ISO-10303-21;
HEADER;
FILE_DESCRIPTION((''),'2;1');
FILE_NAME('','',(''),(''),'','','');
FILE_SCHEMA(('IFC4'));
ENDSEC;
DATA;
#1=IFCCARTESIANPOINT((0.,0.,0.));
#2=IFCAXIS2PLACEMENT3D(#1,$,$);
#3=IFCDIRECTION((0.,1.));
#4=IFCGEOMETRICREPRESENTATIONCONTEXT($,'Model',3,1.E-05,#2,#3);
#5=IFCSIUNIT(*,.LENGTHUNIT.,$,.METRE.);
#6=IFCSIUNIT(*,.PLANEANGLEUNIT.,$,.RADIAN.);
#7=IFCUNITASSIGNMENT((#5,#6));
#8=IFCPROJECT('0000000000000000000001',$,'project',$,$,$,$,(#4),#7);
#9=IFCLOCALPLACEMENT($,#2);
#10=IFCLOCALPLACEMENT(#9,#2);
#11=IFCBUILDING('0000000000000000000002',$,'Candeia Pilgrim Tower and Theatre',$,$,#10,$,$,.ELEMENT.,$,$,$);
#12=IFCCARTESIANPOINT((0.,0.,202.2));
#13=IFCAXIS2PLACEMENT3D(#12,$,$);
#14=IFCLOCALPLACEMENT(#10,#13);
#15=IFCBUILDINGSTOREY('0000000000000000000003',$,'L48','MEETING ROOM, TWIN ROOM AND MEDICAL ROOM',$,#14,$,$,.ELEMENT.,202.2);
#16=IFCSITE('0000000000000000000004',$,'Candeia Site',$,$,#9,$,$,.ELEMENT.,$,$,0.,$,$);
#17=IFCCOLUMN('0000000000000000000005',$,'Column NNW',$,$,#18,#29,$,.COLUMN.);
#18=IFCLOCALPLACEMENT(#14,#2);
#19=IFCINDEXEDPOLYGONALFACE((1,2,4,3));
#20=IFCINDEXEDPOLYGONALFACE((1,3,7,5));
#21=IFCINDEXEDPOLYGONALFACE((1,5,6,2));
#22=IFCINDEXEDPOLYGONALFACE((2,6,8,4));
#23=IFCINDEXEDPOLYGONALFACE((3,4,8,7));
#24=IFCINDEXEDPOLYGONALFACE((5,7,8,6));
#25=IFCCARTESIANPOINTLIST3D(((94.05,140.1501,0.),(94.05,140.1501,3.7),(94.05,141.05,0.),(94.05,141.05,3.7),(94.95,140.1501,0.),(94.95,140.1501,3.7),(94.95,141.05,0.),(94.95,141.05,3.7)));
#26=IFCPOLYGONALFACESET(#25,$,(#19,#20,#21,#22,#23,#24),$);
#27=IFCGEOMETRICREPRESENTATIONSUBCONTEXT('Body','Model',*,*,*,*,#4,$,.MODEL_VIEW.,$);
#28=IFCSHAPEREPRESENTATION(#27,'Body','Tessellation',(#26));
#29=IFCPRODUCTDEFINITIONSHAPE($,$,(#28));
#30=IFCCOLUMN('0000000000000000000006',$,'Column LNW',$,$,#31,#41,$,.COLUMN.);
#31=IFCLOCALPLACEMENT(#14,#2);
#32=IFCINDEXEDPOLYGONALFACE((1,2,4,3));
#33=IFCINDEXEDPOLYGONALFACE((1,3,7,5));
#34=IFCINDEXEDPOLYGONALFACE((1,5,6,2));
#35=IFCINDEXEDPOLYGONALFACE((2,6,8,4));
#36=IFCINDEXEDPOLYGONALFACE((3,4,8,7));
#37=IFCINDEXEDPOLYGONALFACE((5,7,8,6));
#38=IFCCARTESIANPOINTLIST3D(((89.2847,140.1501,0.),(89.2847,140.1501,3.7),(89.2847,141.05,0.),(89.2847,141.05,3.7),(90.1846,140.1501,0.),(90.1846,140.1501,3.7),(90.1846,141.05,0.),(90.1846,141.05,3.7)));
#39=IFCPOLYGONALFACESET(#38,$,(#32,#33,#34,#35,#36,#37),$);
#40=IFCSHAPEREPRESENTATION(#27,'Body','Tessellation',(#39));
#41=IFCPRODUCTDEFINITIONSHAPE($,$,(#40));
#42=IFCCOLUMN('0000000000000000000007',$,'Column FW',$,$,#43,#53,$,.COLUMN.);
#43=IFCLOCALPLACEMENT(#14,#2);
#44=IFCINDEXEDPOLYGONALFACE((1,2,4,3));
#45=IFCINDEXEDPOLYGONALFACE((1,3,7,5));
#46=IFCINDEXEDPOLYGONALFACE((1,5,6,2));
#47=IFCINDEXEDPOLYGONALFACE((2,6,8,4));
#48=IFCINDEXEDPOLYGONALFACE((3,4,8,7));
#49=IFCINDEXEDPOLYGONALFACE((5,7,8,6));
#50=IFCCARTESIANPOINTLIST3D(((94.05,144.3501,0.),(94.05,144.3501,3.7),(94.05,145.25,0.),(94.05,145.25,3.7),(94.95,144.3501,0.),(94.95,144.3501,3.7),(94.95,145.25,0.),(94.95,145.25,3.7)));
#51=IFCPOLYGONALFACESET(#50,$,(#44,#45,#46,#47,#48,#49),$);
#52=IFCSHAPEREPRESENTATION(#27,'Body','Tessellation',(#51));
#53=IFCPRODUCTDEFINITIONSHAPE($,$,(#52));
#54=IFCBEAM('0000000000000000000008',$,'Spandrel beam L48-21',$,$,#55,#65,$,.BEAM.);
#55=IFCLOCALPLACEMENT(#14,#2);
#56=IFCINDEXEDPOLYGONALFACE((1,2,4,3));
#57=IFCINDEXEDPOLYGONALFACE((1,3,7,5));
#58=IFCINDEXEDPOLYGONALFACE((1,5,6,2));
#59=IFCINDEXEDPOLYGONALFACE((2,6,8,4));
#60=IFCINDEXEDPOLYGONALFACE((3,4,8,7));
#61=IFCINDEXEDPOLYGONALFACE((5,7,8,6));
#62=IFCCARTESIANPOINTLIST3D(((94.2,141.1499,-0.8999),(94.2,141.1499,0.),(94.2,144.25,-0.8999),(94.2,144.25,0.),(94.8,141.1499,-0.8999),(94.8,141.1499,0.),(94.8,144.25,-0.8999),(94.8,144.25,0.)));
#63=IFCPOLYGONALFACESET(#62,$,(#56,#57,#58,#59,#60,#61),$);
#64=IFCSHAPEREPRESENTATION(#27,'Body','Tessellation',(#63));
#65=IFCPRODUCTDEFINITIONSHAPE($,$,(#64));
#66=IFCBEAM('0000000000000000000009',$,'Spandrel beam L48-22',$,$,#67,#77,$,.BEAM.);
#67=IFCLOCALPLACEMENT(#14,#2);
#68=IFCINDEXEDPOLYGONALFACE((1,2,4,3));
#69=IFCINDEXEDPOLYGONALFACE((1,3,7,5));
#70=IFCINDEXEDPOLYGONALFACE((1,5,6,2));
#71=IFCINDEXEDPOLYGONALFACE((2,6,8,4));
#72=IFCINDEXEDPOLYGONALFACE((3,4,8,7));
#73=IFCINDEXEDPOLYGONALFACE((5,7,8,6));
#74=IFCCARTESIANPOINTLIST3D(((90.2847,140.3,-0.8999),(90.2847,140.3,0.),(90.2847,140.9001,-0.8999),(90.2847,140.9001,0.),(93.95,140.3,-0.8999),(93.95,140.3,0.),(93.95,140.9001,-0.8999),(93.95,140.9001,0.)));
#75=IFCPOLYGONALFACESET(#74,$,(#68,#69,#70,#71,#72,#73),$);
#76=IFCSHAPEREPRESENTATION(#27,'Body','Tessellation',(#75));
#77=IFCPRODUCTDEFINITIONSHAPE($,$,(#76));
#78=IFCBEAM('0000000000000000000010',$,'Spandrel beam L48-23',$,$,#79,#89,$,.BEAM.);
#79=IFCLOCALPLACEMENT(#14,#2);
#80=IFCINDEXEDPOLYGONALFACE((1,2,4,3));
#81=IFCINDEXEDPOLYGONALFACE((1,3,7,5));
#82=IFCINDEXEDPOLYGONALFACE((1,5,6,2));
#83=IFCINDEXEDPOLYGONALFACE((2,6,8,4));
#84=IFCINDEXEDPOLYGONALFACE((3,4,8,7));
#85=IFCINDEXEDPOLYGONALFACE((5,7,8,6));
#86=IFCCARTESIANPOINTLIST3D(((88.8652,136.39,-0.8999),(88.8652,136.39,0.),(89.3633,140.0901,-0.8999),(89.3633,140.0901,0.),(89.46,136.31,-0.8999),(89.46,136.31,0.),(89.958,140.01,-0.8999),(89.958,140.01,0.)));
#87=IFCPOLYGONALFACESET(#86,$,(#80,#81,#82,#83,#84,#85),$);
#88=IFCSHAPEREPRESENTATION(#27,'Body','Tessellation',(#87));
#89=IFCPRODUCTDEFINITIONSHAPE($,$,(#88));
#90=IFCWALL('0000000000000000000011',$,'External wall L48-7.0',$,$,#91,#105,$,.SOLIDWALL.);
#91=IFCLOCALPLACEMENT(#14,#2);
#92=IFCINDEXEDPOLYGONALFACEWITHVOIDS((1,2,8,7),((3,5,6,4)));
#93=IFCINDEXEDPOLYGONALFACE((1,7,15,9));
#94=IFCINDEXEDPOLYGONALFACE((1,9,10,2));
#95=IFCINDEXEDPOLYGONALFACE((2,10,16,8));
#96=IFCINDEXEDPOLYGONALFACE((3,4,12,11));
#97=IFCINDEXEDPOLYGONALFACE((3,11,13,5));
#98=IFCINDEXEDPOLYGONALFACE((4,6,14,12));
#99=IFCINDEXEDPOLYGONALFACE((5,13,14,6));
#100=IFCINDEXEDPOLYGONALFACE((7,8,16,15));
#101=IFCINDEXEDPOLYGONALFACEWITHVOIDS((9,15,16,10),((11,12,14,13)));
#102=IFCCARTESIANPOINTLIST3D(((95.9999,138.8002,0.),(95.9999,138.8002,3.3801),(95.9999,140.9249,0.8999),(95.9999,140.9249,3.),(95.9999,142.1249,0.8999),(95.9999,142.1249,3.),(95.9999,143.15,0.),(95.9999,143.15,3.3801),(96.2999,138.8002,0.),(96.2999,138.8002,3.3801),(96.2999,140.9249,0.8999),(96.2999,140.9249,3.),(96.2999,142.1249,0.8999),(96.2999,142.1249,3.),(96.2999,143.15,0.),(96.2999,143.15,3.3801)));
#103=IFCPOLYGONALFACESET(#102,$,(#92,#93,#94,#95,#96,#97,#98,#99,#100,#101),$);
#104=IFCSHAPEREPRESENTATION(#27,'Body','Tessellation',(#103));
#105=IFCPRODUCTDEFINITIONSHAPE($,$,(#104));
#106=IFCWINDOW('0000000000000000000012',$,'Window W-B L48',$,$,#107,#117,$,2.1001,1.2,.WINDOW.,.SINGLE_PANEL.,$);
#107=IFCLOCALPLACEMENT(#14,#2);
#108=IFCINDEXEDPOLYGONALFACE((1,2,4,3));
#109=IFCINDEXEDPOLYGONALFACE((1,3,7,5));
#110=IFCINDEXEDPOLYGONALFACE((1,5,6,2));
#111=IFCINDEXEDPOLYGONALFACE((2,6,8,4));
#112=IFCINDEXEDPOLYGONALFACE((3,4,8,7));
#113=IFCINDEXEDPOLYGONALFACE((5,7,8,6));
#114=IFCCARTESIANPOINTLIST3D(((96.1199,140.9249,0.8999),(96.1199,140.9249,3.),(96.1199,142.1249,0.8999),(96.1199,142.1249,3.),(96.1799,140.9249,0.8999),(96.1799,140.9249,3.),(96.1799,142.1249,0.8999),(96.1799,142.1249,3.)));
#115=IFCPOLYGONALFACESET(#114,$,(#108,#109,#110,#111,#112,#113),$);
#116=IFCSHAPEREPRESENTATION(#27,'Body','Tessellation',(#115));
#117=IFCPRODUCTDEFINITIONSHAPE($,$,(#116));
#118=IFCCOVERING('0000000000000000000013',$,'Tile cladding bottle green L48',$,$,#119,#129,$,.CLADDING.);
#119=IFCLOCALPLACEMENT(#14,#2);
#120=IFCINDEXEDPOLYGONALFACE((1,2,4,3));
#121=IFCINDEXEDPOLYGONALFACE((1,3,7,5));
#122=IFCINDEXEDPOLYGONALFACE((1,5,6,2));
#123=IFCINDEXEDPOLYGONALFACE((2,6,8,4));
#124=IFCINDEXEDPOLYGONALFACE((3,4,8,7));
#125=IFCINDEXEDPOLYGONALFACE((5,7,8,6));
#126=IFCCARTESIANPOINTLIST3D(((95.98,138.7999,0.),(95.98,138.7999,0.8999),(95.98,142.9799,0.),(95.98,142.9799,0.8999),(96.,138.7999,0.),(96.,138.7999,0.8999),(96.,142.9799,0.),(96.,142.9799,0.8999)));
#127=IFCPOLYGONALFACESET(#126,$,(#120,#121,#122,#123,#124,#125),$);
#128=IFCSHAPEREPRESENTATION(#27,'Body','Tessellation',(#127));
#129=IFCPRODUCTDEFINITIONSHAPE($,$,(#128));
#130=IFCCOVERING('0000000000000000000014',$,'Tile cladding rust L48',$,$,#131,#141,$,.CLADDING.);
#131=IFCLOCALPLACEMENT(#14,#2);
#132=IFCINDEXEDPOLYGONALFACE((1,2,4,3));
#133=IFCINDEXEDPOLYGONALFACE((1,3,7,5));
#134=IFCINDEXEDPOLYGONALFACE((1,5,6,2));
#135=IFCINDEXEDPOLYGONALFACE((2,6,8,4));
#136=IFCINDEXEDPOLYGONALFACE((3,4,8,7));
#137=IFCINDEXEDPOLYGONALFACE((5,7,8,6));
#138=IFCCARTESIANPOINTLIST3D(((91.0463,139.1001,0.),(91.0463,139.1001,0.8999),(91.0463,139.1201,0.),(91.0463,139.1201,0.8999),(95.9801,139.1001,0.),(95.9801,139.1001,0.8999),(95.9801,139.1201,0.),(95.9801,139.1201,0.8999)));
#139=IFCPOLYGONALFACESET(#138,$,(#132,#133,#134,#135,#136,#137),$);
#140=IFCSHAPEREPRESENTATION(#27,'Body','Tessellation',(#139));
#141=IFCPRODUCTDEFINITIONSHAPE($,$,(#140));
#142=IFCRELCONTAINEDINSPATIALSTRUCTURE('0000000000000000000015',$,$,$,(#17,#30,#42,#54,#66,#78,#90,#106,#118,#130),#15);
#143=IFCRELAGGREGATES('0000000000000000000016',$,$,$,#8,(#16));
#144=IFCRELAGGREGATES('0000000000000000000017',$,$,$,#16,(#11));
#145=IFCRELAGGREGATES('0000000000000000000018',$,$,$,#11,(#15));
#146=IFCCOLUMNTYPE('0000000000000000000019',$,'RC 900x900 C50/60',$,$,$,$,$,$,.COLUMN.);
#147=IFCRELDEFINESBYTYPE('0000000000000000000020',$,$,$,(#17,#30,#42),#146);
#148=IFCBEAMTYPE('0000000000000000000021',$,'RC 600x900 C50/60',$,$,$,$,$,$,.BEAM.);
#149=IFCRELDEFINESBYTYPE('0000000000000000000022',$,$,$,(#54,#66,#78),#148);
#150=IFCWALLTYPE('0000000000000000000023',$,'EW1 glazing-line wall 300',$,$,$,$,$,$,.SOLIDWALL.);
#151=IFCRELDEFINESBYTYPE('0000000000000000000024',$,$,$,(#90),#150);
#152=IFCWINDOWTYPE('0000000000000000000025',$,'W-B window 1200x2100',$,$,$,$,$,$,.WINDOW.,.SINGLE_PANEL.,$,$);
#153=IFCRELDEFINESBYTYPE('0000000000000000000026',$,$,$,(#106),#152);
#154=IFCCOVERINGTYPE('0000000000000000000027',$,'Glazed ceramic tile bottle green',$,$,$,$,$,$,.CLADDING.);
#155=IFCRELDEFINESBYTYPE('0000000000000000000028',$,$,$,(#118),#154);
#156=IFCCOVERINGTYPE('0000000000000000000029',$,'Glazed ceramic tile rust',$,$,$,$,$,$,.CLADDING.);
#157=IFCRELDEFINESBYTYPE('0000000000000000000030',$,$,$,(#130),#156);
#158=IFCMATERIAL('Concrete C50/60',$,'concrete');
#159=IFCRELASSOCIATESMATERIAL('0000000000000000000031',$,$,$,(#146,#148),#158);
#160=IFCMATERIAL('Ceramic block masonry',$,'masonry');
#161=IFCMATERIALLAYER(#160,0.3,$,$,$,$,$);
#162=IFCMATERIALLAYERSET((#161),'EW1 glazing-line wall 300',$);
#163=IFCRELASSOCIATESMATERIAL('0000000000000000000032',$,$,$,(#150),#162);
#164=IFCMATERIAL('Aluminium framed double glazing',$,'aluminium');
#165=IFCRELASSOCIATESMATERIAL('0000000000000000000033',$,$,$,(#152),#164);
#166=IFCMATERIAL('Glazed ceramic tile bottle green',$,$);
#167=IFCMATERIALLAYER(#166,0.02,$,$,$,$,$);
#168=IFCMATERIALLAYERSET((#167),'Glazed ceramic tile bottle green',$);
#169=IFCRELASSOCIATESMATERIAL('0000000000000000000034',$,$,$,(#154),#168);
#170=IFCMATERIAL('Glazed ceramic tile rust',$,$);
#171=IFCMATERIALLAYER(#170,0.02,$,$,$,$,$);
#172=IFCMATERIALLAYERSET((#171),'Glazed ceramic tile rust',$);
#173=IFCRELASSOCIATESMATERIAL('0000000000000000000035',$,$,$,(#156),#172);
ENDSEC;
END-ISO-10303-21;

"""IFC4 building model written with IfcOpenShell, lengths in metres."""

from ifc_helpers import new_model, si_unit, direction, frame, frame_2d, origin, origin_2d, place, context, subcontext, project, spatial, rectangle, extrude, material, layer, layer_set, material_profile, profile_set, type_object, element, fill, save


model = new_model("IFC4")

# Units and contexts
model_context = context("Model", 3, precision=1e-05, world=origin(), true_north=direction((0.0, 1.0)))
body_context = subcontext(model_context, "Body", "Model", "MODEL_VIEW")
ifc_project = project(units=[si_unit("LENGTHUNIT", "METRE"), si_unit("PLANEANGLEUNIT", "RADIAN")], contexts=[model_context])

# Site, building, storey
site_placement = place(None, origin())
site = spatial("IfcSite", under=ifc_project, at=site_placement, Name="Candeia Site", CompositionType="ELEMENT", RefElevation=0.0)
building_placement = place(site_placement, origin())
building = spatial("IfcBuilding", under=site, at=building_placement, Name="Candeia Pilgrim Tower and Theatre", CompositionType="ELEMENT")
storey_placement = place(building_placement, frame((0.0, 0.0, 202.2)))
storey = spatial("IfcBuildingStorey", under=building, at=storey_placement, Name="L48", Description="MEETING ROOM, TWIN ROOM AND MEDICAL ROOM", CompositionType="ELEMENT", Elevation=202.2)

# Columns
ifc_material_1 = material(Name="Concrete C50/60", Category="concrete")
ifc_material_profile_1 = material_profile(ifc_material_1, rectangle(XDim=0.8999, YDim=0.8999, at=origin_2d()))
ifc_profile_set_1 = profile_set([ifc_material_profile_1], Name="Concrete C50/60")
column_type = type_object("IfcColumnType", Name="RC 900x900 C50/60", PredefinedType="COLUMN", material=ifc_profile_set_1)
for number, where, z_axis, x_axis, name in (
    (1, (94.5, 140.6001, 0.0), (0.0, 0.0, 1.0), (1.0, 0.0, 0.0), "Column NNW"),
    (2, (89.7346, 140.6001, 0.0), (0.0, 0.0, 1.0), (1.0, 0.0, 0.0), "Column LNW"),
    (3, (94.5, 144.8, 0.0), (0.0, 0.0, 1.0), (1.0, 0.0, 0.0), "Column FW"),
):
    element("IfcColumn", number, at=place(storey_placement, frame(where, z_axis=z_axis, x_axis=x_axis)), inside=storey, type_object=column_type, Name=name, PredefinedType="COLUMN", context=body_context, shape_type="SweptSolid", body=[
        extrude(rectangle(XDim=0.8999, YDim=0.8999, at=origin_2d()), origin(), (0.0, 0.0, 1.0), 3.7),
    ])

# Beams
ifc_material_profile_2 = material_profile(ifc_material_1, rectangle(XDim=0.6001, YDim=0.8999, at=origin_2d()))
ifc_profile_set_2 = profile_set([ifc_material_profile_2], Name="Concrete C50/60")
beam_type = type_object("IfcBeamType", Name="RC 600x900 C50/60", PredefinedType="BEAM", material=ifc_profile_set_2)
beam_1_placement = place(storey_placement, frame((94.5, 144.25, -0.45), z_axis=(0.0, -1.0, 0.0), x_axis=(1.0, 0.0, 0.0)))
element("IfcBeam", 4, at=beam_1_placement, inside=storey, type_object=beam_type, Name="Spandrel beam L48-21", PredefinedType="BEAM", context=body_context, shape_type="SweptSolid", body=[
    extrude(rectangle(XDim=0.6001, YDim=0.8999, at=origin_2d()), origin(), (0.0, 0.0, 1.0), 3.1001),
])
beam_2_placement = place(storey_placement, frame((93.95, 140.6001, -0.45), z_axis=(-1.0, 0.0, 0.0), x_axis=(0.0, -1.0, 0.0)))
element("IfcBeam", 5, at=beam_2_placement, inside=storey, type_object=beam_type, Name="Spandrel beam L48-22", PredefinedType="BEAM", context=body_context, shape_type="SweptSolid", body=[
    extrude(rectangle(XDim=0.6001, YDim=0.8999, at=origin_2d()), origin(), (0.0, 0.0, 1.0), 3.6653),
])
beam_3_placement = place(storey_placement, frame((89.6606, 140.05, -0.45), z_axis=(-0.133406, -0.991061, 0.0), x_axis=(0.991061, -0.133406, 0.0)))
element("IfcBeam", 6, at=beam_3_placement, inside=storey, type_object=beam_type, Name="Spandrel beam L48-23", PredefinedType="BEAM", context=body_context, shape_type="SweptSolid", body=[
    extrude(rectangle(XDim=0.6001, YDim=0.8999, at=origin_2d()), origin(), (0.0, 0.0, 1.0), 3.7334),
])

# Wall, opening, window
ifc_material_2 = material(Name="Ceramic block masonry", Category="masonry")
ifc_layer_1 = layer(ifc_material_2, 0.3)
ifc_layer_set_1 = layer_set([ifc_layer_1], Name="EW1 glazing-line wall 300")
wall_type = type_object("IfcWallType", Name="EW1 glazing-line wall 300", PredefinedType="SOLIDWALL", material=ifc_layer_set_1)
wall_placement = place(storey_placement, frame((96.1499, 143.1499, 0.0), z_axis=(0.0, 0.0, 1.0), x_axis=(0.0, -1.0, 0.0)))
wall = element("IfcWall", 7, at=wall_placement, inside=storey, type_object=wall_type, Name="External wall L48-7.0", PredefinedType="SOLIDWALL", context=body_context, shape_type="SweptSolid", body=[
    extrude(rectangle(XDim=4.3499, YDim=0.3, at=frame_2d((2.1748, 0.0))), origin(), (0.0, 0.0, 1.0), 3.3801),
])
opening_placement = place(wall_placement, frame((1.0249, 0.0, 0.8999)))
opening = element("IfcOpeningElement", 8, at=opening_placement, cuts=wall, PredefinedType="OPENING", context=body_context, shape_type="SweptSolid", body=[
    extrude(rectangle(XDim=1.2, YDim=2.1001, at=frame_2d((0.6001, 1.05))), frame((0.0, 0.1602, 0.0), z_axis=(0.0, -1.0, 0.0), x_axis=(1.0, 0.0, 0.0)), (0.0, 0.0, 1.0), 0.3201),
])
ifc_material_3 = material(Name="Aluminium framed double glazing", Category="aluminium")
window_type = type_object("IfcWindowType", Name="W-B window 1200x2100", PartitioningType="SINGLE_PANEL", PredefinedType="WINDOW", material=ifc_material_3)
window_placement = place(opening_placement, origin())
window = element("IfcWindow", 9, at=window_placement, inside=storey, type_object=window_type, Name="Window W-B L48", OverallHeight=2.1001, OverallWidth=1.2, PartitioningType="SINGLE_PANEL", PredefinedType="WINDOW", context=body_context, shape_type="SweptSolid", body=[
    extrude(rectangle(XDim=1.2, YDim=2.1001, at=frame_2d((0.6001, 1.05))), frame((0.0, 0.03, 0.0), z_axis=(0.0, -1.0, 0.0), x_axis=(1.0, 0.0, 0.0)), (0.0, 0.0, 1.0), 0.0601),
])
fill(opening, window)

# Coverings
ifc_material_4 = material(Name="Glazed ceramic tile bottle green")
ifc_layer_2 = layer(ifc_material_4, 0.02)
ifc_layer_set_2 = layer_set([ifc_layer_2], Name="Glazed ceramic tile bottle green")
covering_type_1 = type_object("IfcCoveringType", Name="Glazed ceramic tile bottle green", PredefinedType="CLADDING", material=ifc_layer_set_2)
covering_1_placement = place(storey_placement, frame((95.99, 140.8899, 0.0), z_axis=(0.0, 0.0, 1.0), x_axis=(0.0, -1.0, 0.0)))
element("IfcCovering", 10, at=covering_1_placement, inside=storey, type_object=covering_type_1, Name="Tile cladding bottle green L48", PredefinedType="CLADDING", context=body_context, shape_type="SweptSolid", body=[
    extrude(rectangle(XDim=4.1799, YDim=0.02, at=origin_2d()), origin(), (0.0, 0.0, 1.0), 0.8999),
])
ifc_material_5 = material(Name="Glazed ceramic tile rust")
ifc_layer_3 = layer(ifc_material_5, 0.02)
ifc_layer_set_3 = layer_set([ifc_layer_3], Name="Glazed ceramic tile rust")
covering_type_2 = type_object("IfcCoveringType", Name="Glazed ceramic tile rust", PredefinedType="CLADDING", material=ifc_layer_set_3)
covering_2_placement = place(storey_placement, frame((93.5132, 139.1101, 0.0), z_axis=(0.0, 0.0, 1.0), x_axis=(-1.0, 0.0, 0.0)))
element("IfcCovering", 11, at=covering_2_placement, inside=storey, type_object=covering_type_2, Name="Tile cladding rust L48", PredefinedType="CLADDING", context=body_context, shape_type="SweptSolid", body=[
    extrude(rectangle(XDim=4.9338, YDim=0.02, at=origin_2d()), origin(), (0.0, 0.0, 1.0), 0.8999),
])

save(model, "model.ifc")
